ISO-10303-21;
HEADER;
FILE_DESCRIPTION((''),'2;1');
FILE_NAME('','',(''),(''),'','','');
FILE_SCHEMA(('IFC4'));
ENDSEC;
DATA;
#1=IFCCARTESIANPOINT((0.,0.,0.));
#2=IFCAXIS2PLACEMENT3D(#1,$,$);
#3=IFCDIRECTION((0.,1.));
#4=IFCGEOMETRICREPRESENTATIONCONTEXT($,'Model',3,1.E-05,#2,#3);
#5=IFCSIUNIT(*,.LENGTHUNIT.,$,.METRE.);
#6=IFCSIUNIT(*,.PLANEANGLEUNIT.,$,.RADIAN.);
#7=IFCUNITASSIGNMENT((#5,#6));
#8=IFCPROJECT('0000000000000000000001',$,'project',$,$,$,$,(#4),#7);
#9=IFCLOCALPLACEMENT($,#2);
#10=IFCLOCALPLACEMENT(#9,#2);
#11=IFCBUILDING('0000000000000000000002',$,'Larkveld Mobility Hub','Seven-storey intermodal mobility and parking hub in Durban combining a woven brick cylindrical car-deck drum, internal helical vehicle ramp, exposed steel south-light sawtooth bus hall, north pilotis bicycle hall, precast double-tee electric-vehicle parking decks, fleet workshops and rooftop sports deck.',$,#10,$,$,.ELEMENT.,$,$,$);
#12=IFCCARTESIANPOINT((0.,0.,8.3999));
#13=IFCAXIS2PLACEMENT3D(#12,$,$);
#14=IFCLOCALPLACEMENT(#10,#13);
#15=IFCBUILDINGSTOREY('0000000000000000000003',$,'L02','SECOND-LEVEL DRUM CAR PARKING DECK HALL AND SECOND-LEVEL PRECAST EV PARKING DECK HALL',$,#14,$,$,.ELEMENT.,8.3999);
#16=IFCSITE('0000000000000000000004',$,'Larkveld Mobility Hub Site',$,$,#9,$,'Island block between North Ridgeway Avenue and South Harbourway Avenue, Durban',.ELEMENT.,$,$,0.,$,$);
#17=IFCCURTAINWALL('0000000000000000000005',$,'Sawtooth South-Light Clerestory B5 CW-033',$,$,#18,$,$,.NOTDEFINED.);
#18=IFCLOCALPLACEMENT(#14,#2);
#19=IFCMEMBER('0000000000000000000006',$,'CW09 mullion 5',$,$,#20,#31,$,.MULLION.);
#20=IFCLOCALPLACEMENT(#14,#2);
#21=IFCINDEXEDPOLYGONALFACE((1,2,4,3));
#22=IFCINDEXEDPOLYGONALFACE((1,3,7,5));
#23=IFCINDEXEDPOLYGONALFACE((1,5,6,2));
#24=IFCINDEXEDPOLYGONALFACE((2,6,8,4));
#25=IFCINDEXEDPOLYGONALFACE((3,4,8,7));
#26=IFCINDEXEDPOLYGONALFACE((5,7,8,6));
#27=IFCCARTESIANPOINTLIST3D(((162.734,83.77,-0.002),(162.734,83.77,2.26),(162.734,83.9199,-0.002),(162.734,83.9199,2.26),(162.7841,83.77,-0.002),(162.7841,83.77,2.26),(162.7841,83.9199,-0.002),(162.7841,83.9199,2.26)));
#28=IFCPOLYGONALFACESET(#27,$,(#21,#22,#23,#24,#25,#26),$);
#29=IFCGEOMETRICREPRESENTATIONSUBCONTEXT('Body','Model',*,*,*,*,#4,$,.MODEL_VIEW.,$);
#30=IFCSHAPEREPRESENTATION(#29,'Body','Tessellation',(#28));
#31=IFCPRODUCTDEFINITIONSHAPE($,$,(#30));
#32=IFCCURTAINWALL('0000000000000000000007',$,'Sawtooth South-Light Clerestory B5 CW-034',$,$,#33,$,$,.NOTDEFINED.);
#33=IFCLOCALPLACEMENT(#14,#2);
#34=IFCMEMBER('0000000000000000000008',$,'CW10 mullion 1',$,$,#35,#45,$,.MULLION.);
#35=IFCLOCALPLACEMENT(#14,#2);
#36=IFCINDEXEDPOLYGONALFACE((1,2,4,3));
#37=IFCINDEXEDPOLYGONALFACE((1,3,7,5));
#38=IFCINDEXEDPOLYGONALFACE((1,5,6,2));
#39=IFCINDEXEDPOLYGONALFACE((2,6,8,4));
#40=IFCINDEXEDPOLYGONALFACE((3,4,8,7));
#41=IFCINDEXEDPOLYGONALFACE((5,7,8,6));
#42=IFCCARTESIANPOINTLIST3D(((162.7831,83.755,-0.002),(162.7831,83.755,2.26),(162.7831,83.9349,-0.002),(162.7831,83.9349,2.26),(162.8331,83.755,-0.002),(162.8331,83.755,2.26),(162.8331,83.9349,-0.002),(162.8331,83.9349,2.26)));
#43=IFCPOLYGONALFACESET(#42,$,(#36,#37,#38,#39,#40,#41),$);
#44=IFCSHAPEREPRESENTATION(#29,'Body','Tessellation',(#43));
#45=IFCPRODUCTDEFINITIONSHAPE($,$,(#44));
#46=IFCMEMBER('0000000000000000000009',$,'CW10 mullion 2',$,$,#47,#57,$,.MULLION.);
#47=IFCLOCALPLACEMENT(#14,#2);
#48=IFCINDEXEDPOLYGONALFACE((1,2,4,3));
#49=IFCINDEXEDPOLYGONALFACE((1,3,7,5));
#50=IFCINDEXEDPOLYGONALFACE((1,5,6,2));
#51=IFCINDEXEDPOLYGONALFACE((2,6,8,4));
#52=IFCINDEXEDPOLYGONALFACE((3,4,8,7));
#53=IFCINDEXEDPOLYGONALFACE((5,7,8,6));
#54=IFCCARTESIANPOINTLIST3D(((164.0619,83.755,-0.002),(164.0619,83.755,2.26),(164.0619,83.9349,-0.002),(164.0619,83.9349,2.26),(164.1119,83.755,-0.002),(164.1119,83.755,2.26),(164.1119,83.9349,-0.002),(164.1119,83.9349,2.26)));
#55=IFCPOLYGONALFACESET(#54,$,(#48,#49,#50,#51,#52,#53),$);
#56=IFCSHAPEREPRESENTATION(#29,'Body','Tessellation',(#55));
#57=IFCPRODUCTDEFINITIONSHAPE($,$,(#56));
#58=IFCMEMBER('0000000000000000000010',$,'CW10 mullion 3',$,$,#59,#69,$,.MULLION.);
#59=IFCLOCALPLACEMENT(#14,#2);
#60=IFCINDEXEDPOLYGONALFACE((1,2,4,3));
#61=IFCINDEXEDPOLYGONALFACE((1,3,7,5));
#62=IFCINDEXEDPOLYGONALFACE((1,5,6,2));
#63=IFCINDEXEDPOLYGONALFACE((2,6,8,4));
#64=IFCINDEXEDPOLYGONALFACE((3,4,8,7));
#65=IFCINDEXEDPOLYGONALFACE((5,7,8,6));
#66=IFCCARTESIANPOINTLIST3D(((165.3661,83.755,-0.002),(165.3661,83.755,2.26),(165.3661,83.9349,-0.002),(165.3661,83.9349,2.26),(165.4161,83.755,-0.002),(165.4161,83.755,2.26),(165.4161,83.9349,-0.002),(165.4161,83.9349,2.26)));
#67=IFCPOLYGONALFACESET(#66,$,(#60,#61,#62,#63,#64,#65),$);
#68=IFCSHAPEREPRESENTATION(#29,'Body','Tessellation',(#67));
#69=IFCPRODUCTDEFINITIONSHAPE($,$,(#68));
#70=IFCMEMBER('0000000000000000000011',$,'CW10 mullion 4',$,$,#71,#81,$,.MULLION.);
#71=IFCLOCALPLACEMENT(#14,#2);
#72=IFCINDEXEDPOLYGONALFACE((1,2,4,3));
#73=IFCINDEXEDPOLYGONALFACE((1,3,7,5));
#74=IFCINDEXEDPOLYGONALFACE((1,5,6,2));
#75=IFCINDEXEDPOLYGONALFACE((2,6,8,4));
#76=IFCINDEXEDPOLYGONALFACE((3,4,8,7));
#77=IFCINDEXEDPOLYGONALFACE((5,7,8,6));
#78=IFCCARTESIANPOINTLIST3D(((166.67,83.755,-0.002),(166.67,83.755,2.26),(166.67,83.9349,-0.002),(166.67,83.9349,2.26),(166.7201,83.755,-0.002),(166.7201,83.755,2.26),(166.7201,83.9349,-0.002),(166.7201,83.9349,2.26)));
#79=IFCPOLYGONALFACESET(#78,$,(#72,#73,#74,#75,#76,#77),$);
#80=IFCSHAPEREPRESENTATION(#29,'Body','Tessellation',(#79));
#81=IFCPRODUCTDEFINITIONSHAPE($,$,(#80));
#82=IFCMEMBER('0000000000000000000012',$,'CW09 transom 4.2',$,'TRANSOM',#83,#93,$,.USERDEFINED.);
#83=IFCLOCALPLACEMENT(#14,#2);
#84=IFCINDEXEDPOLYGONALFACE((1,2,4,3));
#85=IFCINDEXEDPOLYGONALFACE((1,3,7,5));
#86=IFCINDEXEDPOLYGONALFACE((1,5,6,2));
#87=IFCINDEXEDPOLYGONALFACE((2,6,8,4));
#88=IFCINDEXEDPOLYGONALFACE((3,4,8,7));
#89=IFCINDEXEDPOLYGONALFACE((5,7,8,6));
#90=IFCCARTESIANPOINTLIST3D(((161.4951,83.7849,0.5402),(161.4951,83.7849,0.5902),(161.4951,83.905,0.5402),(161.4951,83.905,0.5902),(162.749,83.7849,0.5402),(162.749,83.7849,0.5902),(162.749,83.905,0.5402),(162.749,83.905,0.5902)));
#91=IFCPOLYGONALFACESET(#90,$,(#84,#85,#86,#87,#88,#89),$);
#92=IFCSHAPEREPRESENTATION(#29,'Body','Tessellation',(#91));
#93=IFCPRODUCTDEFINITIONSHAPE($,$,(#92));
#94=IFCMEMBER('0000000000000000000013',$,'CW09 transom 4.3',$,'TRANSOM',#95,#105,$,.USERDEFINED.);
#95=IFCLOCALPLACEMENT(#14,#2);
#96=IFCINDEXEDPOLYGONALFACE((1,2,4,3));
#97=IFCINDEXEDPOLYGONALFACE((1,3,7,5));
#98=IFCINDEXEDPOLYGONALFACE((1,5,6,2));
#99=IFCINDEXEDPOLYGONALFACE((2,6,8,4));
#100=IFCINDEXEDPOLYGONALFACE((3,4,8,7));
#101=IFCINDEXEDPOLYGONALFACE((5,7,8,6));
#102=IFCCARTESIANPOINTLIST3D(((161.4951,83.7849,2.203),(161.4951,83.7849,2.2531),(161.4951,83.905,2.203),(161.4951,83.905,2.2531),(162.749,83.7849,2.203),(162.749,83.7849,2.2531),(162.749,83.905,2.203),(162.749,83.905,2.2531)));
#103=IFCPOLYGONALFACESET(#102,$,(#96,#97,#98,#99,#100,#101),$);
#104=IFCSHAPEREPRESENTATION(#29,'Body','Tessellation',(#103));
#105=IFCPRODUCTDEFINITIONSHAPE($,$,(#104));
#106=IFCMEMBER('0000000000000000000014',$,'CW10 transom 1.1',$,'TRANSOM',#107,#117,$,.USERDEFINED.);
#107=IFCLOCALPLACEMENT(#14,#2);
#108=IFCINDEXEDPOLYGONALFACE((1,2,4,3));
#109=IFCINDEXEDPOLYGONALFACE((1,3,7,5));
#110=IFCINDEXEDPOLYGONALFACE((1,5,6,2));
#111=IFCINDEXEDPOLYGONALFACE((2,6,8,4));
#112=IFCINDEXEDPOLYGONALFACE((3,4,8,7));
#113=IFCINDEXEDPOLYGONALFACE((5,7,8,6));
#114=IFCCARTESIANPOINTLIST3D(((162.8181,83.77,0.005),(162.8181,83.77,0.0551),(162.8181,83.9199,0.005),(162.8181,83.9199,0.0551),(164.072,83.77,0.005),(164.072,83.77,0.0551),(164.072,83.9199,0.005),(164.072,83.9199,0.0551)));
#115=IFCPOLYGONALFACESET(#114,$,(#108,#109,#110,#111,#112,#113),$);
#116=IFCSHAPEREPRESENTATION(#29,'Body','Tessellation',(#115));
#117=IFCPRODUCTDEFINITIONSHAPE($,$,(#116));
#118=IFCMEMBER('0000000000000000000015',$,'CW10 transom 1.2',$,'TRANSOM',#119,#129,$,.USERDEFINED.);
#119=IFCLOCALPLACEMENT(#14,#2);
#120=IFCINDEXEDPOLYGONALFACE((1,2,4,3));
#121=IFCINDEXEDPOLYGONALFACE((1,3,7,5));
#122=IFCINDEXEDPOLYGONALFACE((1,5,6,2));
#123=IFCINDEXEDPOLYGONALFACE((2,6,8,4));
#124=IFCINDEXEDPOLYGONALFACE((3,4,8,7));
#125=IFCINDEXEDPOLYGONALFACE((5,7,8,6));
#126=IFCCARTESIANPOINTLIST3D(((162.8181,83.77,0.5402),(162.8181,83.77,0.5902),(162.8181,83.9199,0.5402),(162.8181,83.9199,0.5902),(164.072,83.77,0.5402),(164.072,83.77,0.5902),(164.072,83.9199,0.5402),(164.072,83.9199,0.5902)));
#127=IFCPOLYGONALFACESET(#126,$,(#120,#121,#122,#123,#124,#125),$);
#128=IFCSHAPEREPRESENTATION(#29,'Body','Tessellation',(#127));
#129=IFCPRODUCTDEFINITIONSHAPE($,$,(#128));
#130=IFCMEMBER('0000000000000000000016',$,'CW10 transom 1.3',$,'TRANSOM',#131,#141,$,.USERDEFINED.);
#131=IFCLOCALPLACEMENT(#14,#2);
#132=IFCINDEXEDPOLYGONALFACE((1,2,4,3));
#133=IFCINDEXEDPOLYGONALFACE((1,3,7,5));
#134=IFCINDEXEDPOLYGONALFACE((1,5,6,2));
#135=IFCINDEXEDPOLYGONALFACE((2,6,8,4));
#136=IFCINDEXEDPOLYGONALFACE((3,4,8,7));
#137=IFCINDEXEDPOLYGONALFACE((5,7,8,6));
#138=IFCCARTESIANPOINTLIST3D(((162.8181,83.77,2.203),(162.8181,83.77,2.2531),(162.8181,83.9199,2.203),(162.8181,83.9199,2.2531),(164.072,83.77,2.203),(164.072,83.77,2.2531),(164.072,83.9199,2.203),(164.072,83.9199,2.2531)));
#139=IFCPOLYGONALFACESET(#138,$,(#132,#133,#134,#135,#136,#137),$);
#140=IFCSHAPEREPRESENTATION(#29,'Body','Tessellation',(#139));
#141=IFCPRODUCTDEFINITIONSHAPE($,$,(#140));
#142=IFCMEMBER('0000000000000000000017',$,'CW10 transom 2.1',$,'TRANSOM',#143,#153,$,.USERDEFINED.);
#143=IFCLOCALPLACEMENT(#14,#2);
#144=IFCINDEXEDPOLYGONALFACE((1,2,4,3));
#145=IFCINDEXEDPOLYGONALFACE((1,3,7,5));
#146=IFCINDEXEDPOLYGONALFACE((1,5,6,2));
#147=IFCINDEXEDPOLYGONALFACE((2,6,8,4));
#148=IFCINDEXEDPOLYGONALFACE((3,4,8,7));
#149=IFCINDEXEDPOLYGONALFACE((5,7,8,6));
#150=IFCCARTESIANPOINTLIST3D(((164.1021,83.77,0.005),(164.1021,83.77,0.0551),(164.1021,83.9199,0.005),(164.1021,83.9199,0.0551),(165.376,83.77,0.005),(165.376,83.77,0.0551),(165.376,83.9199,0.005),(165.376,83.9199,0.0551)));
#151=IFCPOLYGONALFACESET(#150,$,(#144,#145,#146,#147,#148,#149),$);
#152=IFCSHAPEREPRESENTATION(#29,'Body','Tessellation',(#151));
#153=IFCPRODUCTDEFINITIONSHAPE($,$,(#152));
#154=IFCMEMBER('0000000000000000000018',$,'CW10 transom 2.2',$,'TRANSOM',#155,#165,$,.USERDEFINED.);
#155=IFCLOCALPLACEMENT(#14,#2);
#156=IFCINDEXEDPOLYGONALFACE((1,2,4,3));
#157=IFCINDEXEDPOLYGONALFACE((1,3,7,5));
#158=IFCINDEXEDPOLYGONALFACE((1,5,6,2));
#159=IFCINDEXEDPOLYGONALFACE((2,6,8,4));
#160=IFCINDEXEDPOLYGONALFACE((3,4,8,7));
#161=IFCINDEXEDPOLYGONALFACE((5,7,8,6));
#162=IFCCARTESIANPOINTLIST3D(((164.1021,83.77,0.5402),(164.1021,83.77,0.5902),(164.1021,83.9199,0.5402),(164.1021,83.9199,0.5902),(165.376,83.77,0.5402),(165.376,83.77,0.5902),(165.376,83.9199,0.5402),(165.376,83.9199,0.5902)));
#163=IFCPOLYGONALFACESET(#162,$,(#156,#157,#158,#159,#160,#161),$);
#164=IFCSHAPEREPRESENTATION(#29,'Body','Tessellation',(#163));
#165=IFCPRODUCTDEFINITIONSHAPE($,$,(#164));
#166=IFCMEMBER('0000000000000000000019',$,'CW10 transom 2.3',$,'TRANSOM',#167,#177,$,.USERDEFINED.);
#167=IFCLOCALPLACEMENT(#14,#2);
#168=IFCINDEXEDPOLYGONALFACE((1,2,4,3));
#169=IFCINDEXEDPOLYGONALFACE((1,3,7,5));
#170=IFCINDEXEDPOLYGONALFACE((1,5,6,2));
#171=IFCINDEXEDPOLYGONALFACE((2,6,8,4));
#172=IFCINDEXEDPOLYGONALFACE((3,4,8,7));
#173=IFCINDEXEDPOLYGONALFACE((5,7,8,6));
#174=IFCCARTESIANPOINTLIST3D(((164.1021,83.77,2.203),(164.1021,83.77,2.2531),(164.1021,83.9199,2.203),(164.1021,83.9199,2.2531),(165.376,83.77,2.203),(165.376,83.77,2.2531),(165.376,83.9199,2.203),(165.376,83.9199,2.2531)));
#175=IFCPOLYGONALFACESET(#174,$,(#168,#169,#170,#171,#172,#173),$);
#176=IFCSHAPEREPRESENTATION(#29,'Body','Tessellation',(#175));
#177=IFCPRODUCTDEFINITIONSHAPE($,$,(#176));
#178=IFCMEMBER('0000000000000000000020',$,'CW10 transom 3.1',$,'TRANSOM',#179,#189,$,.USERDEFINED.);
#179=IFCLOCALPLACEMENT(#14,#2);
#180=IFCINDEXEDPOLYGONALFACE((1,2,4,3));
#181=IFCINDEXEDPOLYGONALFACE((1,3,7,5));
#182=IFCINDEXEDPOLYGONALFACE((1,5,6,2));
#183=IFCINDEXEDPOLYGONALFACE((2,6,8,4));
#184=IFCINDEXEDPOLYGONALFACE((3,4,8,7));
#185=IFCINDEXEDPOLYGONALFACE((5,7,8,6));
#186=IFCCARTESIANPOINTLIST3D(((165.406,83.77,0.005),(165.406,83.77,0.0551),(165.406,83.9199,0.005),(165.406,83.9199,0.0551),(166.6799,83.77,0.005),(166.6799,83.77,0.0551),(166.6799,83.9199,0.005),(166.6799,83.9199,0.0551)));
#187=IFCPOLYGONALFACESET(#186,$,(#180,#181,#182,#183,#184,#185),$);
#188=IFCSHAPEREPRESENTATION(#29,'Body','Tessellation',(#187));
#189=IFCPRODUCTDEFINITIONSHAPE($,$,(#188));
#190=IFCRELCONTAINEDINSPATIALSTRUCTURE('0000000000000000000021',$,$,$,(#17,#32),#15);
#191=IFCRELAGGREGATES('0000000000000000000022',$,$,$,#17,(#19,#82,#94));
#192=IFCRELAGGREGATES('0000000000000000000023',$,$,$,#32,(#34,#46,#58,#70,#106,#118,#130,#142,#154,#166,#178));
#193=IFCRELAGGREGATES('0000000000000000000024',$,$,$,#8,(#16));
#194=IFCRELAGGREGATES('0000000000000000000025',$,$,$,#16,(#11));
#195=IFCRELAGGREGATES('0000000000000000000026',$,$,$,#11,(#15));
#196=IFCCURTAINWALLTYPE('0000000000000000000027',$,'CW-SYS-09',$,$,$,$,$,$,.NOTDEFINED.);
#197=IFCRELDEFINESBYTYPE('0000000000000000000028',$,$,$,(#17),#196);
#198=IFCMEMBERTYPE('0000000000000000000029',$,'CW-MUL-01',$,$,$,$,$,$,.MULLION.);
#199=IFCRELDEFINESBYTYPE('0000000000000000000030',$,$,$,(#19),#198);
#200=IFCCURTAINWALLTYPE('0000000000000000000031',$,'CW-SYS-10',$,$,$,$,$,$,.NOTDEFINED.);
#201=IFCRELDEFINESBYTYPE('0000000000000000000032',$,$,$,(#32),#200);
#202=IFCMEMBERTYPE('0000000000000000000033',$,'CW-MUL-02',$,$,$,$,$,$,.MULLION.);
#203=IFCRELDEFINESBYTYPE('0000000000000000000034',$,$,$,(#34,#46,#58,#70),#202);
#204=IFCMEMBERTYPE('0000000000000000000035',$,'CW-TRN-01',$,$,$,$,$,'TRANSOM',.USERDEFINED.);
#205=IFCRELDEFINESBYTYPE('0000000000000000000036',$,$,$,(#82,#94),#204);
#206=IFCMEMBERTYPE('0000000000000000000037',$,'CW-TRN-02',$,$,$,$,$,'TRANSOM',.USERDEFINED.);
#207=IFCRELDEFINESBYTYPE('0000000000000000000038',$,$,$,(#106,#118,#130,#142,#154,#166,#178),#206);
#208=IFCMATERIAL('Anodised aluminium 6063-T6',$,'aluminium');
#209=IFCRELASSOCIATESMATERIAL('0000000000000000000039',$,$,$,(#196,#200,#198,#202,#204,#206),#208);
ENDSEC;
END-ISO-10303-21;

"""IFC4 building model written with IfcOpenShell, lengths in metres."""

from ifc_helpers import new_model, si_unit, direction, frame, origin, origin_2d, place, context, subcontext, project, spatial, rectangle, extrude, material, material_profile, profile_set, type_object, element, aggregate, save


model = new_model("IFC4")

# Units and contexts
model_context = context("Model", 3, precision=1e-05, world=origin(), true_north=direction((0.0, 1.0)))
body_context = subcontext(model_context, "Body", "Model", "MODEL_VIEW")
ifc_project = project(units=[si_unit("LENGTHUNIT", "METRE"), si_unit("PLANEANGLEUNIT", "RADIAN")], contexts=[model_context])

# Site, building, storey
site_placement = place(None, origin())
site = spatial("IfcSite", under=ifc_project, at=site_placement, Name="Larkveld Mobility Hub Site", LongName="Island block between North Ridgeway Avenue and South Harbourway Avenue, Durban", CompositionType="ELEMENT", RefElevation=0.0)
building_placement = place(site_placement, origin())
building = spatial("IfcBuilding", under=site, at=building_placement, Name="Larkveld Mobility Hub", Description="Seven-storey intermodal mobility and parking hub in Durban combining a woven brick cylindrical car-deck drum, internal helical vehicle ramp, exposed steel south-light sawtooth bus hall, north pilotis bicycle hall, precast double-tee electric-vehicle parking decks, fleet workshops and rooftop sports deck.", CompositionType="ELEMENT")
storey_placement = place(building_placement, frame((0.0, 0.0, 8.3999)))
storey = spatial("IfcBuildingStorey", under=building, at=storey_placement, Name="L02", Description="SECOND-LEVEL DRUM CAR PARKING DECK HALL AND SECOND-LEVEL PRECAST EV PARKING DECK HALL", CompositionType="ELEMENT", Elevation=8.3999)

# Curtain wall, member
ifc_material_1 = material(Name="Anodised aluminium 6063-T6", Category="aluminium")
curtain_wall_type_1 = type_object("IfcCurtainWallType", Name="CW-SYS-09", PredefinedType="NOTDEFINED", material=ifc_material_1)
curtain_wall_1_placement = place(storey_placement, origin())
curtain_wall_1 = element("IfcCurtainWall", 1, at=curtain_wall_1_placement, inside=storey, type_object=curtain_wall_type_1, Name="Sawtooth South-Light Clerestory B5 CW-033", PredefinedType="NOTDEFINED")
ifc_material_profile_1 = material_profile(ifc_material_1, rectangle(XDim=0.05, YDim=0.1499, at=origin_2d()), Name="ALU MULL 50x150")
ifc_profile_set_1 = profile_set([ifc_material_profile_1], Name="Anodised aluminium 6063-T6")
member_type_1 = type_object("IfcMemberType", Name="CW-MUL-01", PredefinedType="MULLION", material=ifc_profile_set_1)
member_1_placement = place(storey_placement, frame((162.759, 83.845, -0.002), z_axis=(0.0, 0.0, 1.0), x_axis=(1.0, 0.0, 0.0)))
member_1 = element("IfcMember", 2, at=member_1_placement, type_object=member_type_1, Name="CW09 mullion 5", PredefinedType="MULLION", context=body_context, shape_type="SweptSolid", body=[
    extrude(rectangle(XDim=0.05, YDim=0.1499, at=origin_2d()), origin(), (0.0, 0.0, 1.0), 2.262),
])

# Curtain wall, members
curtain_wall_type_2 = type_object("IfcCurtainWallType", Name="CW-SYS-10", PredefinedType="NOTDEFINED", material=ifc_material_1)
curtain_wall_2_placement = place(storey_placement, origin())
curtain_wall_2 = element("IfcCurtainWall", 3, at=curtain_wall_2_placement, inside=storey, type_object=curtain_wall_type_2, Name="Sawtooth South-Light Clerestory B5 CW-034", PredefinedType="NOTDEFINED")
ifc_material_profile_2 = material_profile(ifc_material_1, rectangle(XDim=0.05, YDim=0.1799, at=origin_2d()), Name="ALU MULL 50x180")
ifc_profile_set_2 = profile_set([ifc_material_profile_2], Name="Anodised aluminium 6063-T6")
member_type_2 = type_object("IfcMemberType", Name="CW-MUL-02", PredefinedType="MULLION", material=ifc_profile_set_2)
member_2_placement = place(storey_placement, frame((162.8081, 83.845, -0.002), z_axis=(0.0, 0.0, 1.0), x_axis=(1.0, 0.0, 0.0)))
member_2 = element("IfcMember", 4, at=member_2_placement, type_object=member_type_2, Name="CW10 mullion 1", PredefinedType="MULLION", context=body_context, shape_type="SweptSolid", body=[
    extrude(rectangle(XDim=0.05, YDim=0.1799, at=origin_2d()), origin(), (0.0, 0.0, 1.0), 2.262),
])
member_3_placement = place(storey_placement, frame((164.0869, 83.845, -0.002), z_axis=(0.0, 0.0, 1.0), x_axis=(1.0, 0.0, 0.0)))
member_3 = element("IfcMember", 5, at=member_3_placement, type_object=member_type_2, Name="CW10 mullion 2", PredefinedType="MULLION", context=body_context, shape_type="SweptSolid", body=[
    extrude(rectangle(XDim=0.05, YDim=0.1799, at=origin_2d()), origin(), (0.0, 0.0, 1.0), 2.262),
])
member_4_placement = place(storey_placement, frame((165.3911, 83.845, -0.002), z_axis=(0.0, 0.0, 1.0), x_axis=(1.0, 0.0, 0.0)))
member_4 = element("IfcMember", 6, at=member_4_placement, type_object=member_type_2, Name="CW10 mullion 3", PredefinedType="MULLION", context=body_context, shape_type="SweptSolid", body=[
    extrude(rectangle(XDim=0.05, YDim=0.1799, at=origin_2d()), origin(), (0.0, 0.0, 1.0), 2.262),
])
member_5_placement = place(storey_placement, frame((166.6951, 83.845, -0.002), z_axis=(0.0, 0.0, 1.0), x_axis=(1.0, 0.0, 0.0)))
member_5 = element("IfcMember", 7, at=member_5_placement, type_object=member_type_2, Name="CW10 mullion 4", PredefinedType="MULLION", context=body_context, shape_type="SweptSolid", body=[
    extrude(rectangle(XDim=0.05, YDim=0.1799, at=origin_2d()), origin(), (0.0, 0.0, 1.0), 2.262),
])

# Members
ifc_material_profile_3 = material_profile(ifc_material_1, rectangle(XDim=0.1201, YDim=0.05, at=origin_2d()), Name="ALU TRAN 50x120")
ifc_profile_set_3 = profile_set([ifc_material_profile_3], Name="Anodised aluminium 6063-T6")
member_type_3 = type_object("IfcMemberType", Name="CW-TRN-01", ElementType="TRANSOM", PredefinedType="USERDEFINED", material=ifc_profile_set_3)
member_6_placement = place(storey_placement, frame((161.4951, 83.845, 0.5652), z_axis=(1.0, 0.0, 0.0), x_axis=(0.0, 1.0, 0.0)))
member_6 = element("IfcMember", 8, at=member_6_placement, type_object=member_type_3, Name="CW09 transom 4.2", ObjectType="TRANSOM", PredefinedType="USERDEFINED", context=body_context, shape_type="SweptSolid", body=[
    extrude(rectangle(XDim=0.1201, YDim=0.05, at=origin_2d()), origin(), (0.0, 0.0, 1.0), 1.2539),
])
member_7_placement = place(storey_placement, frame((161.4951, 83.845, 2.228), z_axis=(1.0, 0.0, 0.0), x_axis=(0.0, 1.0, 0.0)))
member_7 = element("IfcMember", 9, at=member_7_placement, type_object=member_type_3, Name="CW09 transom 4.3", ObjectType="TRANSOM", PredefinedType="USERDEFINED", context=body_context, shape_type="SweptSolid", body=[
    extrude(rectangle(XDim=0.1201, YDim=0.05, at=origin_2d()), origin(), (0.0, 0.0, 1.0), 1.2539),
])
ifc_material_profile_4 = material_profile(ifc_material_1, rectangle(XDim=0.1499, YDim=0.05, at=origin_2d()), Name="ALU TRAN 50x150")
ifc_profile_set_4 = profile_set([ifc_material_profile_4], Name="Anodised aluminium 6063-T6")
member_type_4 = type_object("IfcMemberType", Name="CW-TRN-02", ElementType="TRANSOM", PredefinedType="USERDEFINED", material=ifc_profile_set_4)
member_8_placement = place(storey_placement, frame((162.8181, 83.845, 0.03), z_axis=(1.0, 0.0, 0.0), x_axis=(0.0, 1.0, 0.0)))
member_8 = element("IfcMember", 10, at=member_8_placement, type_object=member_type_4, Name="CW10 transom 1.1", ObjectType="TRANSOM", PredefinedType="USERDEFINED", context=body_context, shape_type="SweptSolid", body=[
    extrude(rectangle(XDim=0.1499, YDim=0.05, at=origin_2d()), origin(), (0.0, 0.0, 1.0), 1.2539),
])
member_9_placement = place(storey_placement, frame((162.8181, 83.845, 0.5652), z_axis=(1.0, 0.0, 0.0), x_axis=(0.0, 1.0, 0.0)))
member_9 = element("IfcMember", 11, at=member_9_placement, type_object=member_type_4, Name="CW10 transom 1.2", ObjectType="TRANSOM", PredefinedType="USERDEFINED", context=body_context, shape_type="SweptSolid", body=[
    extrude(rectangle(XDim=0.1499, YDim=0.05, at=origin_2d()), origin(), (0.0, 0.0, 1.0), 1.2539),
])
member_10_placement = place(storey_placement, frame((162.8181, 83.845, 2.228), z_axis=(1.0, 0.0, 0.0), x_axis=(0.0, 1.0, 0.0)))
member_10 = element("IfcMember", 12, at=member_10_placement, type_object=member_type_4, Name="CW10 transom 1.3", ObjectType="TRANSOM", PredefinedType="USERDEFINED", context=body_context, shape_type="SweptSolid", body=[
    extrude(rectangle(XDim=0.1499, YDim=0.05, at=origin_2d()), origin(), (0.0, 0.0, 1.0), 1.2539),
])
member_11_placement = place(storey_placement, frame((164.1021, 83.845, 0.03), z_axis=(1.0, 0.0, 0.0), x_axis=(0.0, 1.0, 0.0)))
member_11 = element("IfcMember", 13, at=member_11_placement, type_object=member_type_4, Name="CW10 transom 2.1", ObjectType="TRANSOM", PredefinedType="USERDEFINED", context=body_context, shape_type="SweptSolid", body=[
    extrude(rectangle(XDim=0.1499, YDim=0.05, at=origin_2d()), origin(), (0.0, 0.0, 1.0), 1.2739),
])
member_12_placement = place(storey_placement, frame((164.1021, 83.845, 0.5652), z_axis=(1.0, 0.0, 0.0), x_axis=(0.0, 1.0, 0.0)))
member_12 = element("IfcMember", 14, at=member_12_placement, type_object=member_type_4, Name="CW10 transom 2.2", ObjectType="TRANSOM", PredefinedType="USERDEFINED", context=body_context, shape_type="SweptSolid", body=[
    extrude(rectangle(XDim=0.1499, YDim=0.05, at=origin_2d()), origin(), (0.0, 0.0, 1.0), 1.2739),
])
member_13_placement = place(storey_placement, frame((164.1021, 83.845, 2.228), z_axis=(1.0, 0.0, 0.0), x_axis=(0.0, 1.0, 0.0)))
member_13 = element("IfcMember", 15, at=member_13_placement, type_object=member_type_4, Name="CW10 transom 2.3", ObjectType="TRANSOM", PredefinedType="USERDEFINED", context=body_context, shape_type="SweptSolid", body=[
    extrude(rectangle(XDim=0.1499, YDim=0.05, at=origin_2d()), origin(), (0.0, 0.0, 1.0), 1.2739),
])
member_14_placement = place(storey_placement, frame((165.406, 83.845, 0.03), z_axis=(1.0, 0.0, 0.0), x_axis=(0.0, 1.0, 0.0)))
member_14 = element("IfcMember", 16, at=member_14_placement, type_object=member_type_4, Name="CW10 transom 3.1", ObjectType="TRANSOM", PredefinedType="USERDEFINED", context=body_context, shape_type="SweptSolid", body=[
    extrude(rectangle(XDim=0.1499, YDim=0.05, at=origin_2d()), origin(), (0.0, 0.0, 1.0), 1.2739),
])

aggregate(curtain_wall_1, [member_1, member_6, member_7])
aggregate(curtain_wall_2, [member_2, member_3, member_4, member_5, member_8, member_9, member_10, member_11, member_12, member_13, member_14])

save(model, "model.ifc")
